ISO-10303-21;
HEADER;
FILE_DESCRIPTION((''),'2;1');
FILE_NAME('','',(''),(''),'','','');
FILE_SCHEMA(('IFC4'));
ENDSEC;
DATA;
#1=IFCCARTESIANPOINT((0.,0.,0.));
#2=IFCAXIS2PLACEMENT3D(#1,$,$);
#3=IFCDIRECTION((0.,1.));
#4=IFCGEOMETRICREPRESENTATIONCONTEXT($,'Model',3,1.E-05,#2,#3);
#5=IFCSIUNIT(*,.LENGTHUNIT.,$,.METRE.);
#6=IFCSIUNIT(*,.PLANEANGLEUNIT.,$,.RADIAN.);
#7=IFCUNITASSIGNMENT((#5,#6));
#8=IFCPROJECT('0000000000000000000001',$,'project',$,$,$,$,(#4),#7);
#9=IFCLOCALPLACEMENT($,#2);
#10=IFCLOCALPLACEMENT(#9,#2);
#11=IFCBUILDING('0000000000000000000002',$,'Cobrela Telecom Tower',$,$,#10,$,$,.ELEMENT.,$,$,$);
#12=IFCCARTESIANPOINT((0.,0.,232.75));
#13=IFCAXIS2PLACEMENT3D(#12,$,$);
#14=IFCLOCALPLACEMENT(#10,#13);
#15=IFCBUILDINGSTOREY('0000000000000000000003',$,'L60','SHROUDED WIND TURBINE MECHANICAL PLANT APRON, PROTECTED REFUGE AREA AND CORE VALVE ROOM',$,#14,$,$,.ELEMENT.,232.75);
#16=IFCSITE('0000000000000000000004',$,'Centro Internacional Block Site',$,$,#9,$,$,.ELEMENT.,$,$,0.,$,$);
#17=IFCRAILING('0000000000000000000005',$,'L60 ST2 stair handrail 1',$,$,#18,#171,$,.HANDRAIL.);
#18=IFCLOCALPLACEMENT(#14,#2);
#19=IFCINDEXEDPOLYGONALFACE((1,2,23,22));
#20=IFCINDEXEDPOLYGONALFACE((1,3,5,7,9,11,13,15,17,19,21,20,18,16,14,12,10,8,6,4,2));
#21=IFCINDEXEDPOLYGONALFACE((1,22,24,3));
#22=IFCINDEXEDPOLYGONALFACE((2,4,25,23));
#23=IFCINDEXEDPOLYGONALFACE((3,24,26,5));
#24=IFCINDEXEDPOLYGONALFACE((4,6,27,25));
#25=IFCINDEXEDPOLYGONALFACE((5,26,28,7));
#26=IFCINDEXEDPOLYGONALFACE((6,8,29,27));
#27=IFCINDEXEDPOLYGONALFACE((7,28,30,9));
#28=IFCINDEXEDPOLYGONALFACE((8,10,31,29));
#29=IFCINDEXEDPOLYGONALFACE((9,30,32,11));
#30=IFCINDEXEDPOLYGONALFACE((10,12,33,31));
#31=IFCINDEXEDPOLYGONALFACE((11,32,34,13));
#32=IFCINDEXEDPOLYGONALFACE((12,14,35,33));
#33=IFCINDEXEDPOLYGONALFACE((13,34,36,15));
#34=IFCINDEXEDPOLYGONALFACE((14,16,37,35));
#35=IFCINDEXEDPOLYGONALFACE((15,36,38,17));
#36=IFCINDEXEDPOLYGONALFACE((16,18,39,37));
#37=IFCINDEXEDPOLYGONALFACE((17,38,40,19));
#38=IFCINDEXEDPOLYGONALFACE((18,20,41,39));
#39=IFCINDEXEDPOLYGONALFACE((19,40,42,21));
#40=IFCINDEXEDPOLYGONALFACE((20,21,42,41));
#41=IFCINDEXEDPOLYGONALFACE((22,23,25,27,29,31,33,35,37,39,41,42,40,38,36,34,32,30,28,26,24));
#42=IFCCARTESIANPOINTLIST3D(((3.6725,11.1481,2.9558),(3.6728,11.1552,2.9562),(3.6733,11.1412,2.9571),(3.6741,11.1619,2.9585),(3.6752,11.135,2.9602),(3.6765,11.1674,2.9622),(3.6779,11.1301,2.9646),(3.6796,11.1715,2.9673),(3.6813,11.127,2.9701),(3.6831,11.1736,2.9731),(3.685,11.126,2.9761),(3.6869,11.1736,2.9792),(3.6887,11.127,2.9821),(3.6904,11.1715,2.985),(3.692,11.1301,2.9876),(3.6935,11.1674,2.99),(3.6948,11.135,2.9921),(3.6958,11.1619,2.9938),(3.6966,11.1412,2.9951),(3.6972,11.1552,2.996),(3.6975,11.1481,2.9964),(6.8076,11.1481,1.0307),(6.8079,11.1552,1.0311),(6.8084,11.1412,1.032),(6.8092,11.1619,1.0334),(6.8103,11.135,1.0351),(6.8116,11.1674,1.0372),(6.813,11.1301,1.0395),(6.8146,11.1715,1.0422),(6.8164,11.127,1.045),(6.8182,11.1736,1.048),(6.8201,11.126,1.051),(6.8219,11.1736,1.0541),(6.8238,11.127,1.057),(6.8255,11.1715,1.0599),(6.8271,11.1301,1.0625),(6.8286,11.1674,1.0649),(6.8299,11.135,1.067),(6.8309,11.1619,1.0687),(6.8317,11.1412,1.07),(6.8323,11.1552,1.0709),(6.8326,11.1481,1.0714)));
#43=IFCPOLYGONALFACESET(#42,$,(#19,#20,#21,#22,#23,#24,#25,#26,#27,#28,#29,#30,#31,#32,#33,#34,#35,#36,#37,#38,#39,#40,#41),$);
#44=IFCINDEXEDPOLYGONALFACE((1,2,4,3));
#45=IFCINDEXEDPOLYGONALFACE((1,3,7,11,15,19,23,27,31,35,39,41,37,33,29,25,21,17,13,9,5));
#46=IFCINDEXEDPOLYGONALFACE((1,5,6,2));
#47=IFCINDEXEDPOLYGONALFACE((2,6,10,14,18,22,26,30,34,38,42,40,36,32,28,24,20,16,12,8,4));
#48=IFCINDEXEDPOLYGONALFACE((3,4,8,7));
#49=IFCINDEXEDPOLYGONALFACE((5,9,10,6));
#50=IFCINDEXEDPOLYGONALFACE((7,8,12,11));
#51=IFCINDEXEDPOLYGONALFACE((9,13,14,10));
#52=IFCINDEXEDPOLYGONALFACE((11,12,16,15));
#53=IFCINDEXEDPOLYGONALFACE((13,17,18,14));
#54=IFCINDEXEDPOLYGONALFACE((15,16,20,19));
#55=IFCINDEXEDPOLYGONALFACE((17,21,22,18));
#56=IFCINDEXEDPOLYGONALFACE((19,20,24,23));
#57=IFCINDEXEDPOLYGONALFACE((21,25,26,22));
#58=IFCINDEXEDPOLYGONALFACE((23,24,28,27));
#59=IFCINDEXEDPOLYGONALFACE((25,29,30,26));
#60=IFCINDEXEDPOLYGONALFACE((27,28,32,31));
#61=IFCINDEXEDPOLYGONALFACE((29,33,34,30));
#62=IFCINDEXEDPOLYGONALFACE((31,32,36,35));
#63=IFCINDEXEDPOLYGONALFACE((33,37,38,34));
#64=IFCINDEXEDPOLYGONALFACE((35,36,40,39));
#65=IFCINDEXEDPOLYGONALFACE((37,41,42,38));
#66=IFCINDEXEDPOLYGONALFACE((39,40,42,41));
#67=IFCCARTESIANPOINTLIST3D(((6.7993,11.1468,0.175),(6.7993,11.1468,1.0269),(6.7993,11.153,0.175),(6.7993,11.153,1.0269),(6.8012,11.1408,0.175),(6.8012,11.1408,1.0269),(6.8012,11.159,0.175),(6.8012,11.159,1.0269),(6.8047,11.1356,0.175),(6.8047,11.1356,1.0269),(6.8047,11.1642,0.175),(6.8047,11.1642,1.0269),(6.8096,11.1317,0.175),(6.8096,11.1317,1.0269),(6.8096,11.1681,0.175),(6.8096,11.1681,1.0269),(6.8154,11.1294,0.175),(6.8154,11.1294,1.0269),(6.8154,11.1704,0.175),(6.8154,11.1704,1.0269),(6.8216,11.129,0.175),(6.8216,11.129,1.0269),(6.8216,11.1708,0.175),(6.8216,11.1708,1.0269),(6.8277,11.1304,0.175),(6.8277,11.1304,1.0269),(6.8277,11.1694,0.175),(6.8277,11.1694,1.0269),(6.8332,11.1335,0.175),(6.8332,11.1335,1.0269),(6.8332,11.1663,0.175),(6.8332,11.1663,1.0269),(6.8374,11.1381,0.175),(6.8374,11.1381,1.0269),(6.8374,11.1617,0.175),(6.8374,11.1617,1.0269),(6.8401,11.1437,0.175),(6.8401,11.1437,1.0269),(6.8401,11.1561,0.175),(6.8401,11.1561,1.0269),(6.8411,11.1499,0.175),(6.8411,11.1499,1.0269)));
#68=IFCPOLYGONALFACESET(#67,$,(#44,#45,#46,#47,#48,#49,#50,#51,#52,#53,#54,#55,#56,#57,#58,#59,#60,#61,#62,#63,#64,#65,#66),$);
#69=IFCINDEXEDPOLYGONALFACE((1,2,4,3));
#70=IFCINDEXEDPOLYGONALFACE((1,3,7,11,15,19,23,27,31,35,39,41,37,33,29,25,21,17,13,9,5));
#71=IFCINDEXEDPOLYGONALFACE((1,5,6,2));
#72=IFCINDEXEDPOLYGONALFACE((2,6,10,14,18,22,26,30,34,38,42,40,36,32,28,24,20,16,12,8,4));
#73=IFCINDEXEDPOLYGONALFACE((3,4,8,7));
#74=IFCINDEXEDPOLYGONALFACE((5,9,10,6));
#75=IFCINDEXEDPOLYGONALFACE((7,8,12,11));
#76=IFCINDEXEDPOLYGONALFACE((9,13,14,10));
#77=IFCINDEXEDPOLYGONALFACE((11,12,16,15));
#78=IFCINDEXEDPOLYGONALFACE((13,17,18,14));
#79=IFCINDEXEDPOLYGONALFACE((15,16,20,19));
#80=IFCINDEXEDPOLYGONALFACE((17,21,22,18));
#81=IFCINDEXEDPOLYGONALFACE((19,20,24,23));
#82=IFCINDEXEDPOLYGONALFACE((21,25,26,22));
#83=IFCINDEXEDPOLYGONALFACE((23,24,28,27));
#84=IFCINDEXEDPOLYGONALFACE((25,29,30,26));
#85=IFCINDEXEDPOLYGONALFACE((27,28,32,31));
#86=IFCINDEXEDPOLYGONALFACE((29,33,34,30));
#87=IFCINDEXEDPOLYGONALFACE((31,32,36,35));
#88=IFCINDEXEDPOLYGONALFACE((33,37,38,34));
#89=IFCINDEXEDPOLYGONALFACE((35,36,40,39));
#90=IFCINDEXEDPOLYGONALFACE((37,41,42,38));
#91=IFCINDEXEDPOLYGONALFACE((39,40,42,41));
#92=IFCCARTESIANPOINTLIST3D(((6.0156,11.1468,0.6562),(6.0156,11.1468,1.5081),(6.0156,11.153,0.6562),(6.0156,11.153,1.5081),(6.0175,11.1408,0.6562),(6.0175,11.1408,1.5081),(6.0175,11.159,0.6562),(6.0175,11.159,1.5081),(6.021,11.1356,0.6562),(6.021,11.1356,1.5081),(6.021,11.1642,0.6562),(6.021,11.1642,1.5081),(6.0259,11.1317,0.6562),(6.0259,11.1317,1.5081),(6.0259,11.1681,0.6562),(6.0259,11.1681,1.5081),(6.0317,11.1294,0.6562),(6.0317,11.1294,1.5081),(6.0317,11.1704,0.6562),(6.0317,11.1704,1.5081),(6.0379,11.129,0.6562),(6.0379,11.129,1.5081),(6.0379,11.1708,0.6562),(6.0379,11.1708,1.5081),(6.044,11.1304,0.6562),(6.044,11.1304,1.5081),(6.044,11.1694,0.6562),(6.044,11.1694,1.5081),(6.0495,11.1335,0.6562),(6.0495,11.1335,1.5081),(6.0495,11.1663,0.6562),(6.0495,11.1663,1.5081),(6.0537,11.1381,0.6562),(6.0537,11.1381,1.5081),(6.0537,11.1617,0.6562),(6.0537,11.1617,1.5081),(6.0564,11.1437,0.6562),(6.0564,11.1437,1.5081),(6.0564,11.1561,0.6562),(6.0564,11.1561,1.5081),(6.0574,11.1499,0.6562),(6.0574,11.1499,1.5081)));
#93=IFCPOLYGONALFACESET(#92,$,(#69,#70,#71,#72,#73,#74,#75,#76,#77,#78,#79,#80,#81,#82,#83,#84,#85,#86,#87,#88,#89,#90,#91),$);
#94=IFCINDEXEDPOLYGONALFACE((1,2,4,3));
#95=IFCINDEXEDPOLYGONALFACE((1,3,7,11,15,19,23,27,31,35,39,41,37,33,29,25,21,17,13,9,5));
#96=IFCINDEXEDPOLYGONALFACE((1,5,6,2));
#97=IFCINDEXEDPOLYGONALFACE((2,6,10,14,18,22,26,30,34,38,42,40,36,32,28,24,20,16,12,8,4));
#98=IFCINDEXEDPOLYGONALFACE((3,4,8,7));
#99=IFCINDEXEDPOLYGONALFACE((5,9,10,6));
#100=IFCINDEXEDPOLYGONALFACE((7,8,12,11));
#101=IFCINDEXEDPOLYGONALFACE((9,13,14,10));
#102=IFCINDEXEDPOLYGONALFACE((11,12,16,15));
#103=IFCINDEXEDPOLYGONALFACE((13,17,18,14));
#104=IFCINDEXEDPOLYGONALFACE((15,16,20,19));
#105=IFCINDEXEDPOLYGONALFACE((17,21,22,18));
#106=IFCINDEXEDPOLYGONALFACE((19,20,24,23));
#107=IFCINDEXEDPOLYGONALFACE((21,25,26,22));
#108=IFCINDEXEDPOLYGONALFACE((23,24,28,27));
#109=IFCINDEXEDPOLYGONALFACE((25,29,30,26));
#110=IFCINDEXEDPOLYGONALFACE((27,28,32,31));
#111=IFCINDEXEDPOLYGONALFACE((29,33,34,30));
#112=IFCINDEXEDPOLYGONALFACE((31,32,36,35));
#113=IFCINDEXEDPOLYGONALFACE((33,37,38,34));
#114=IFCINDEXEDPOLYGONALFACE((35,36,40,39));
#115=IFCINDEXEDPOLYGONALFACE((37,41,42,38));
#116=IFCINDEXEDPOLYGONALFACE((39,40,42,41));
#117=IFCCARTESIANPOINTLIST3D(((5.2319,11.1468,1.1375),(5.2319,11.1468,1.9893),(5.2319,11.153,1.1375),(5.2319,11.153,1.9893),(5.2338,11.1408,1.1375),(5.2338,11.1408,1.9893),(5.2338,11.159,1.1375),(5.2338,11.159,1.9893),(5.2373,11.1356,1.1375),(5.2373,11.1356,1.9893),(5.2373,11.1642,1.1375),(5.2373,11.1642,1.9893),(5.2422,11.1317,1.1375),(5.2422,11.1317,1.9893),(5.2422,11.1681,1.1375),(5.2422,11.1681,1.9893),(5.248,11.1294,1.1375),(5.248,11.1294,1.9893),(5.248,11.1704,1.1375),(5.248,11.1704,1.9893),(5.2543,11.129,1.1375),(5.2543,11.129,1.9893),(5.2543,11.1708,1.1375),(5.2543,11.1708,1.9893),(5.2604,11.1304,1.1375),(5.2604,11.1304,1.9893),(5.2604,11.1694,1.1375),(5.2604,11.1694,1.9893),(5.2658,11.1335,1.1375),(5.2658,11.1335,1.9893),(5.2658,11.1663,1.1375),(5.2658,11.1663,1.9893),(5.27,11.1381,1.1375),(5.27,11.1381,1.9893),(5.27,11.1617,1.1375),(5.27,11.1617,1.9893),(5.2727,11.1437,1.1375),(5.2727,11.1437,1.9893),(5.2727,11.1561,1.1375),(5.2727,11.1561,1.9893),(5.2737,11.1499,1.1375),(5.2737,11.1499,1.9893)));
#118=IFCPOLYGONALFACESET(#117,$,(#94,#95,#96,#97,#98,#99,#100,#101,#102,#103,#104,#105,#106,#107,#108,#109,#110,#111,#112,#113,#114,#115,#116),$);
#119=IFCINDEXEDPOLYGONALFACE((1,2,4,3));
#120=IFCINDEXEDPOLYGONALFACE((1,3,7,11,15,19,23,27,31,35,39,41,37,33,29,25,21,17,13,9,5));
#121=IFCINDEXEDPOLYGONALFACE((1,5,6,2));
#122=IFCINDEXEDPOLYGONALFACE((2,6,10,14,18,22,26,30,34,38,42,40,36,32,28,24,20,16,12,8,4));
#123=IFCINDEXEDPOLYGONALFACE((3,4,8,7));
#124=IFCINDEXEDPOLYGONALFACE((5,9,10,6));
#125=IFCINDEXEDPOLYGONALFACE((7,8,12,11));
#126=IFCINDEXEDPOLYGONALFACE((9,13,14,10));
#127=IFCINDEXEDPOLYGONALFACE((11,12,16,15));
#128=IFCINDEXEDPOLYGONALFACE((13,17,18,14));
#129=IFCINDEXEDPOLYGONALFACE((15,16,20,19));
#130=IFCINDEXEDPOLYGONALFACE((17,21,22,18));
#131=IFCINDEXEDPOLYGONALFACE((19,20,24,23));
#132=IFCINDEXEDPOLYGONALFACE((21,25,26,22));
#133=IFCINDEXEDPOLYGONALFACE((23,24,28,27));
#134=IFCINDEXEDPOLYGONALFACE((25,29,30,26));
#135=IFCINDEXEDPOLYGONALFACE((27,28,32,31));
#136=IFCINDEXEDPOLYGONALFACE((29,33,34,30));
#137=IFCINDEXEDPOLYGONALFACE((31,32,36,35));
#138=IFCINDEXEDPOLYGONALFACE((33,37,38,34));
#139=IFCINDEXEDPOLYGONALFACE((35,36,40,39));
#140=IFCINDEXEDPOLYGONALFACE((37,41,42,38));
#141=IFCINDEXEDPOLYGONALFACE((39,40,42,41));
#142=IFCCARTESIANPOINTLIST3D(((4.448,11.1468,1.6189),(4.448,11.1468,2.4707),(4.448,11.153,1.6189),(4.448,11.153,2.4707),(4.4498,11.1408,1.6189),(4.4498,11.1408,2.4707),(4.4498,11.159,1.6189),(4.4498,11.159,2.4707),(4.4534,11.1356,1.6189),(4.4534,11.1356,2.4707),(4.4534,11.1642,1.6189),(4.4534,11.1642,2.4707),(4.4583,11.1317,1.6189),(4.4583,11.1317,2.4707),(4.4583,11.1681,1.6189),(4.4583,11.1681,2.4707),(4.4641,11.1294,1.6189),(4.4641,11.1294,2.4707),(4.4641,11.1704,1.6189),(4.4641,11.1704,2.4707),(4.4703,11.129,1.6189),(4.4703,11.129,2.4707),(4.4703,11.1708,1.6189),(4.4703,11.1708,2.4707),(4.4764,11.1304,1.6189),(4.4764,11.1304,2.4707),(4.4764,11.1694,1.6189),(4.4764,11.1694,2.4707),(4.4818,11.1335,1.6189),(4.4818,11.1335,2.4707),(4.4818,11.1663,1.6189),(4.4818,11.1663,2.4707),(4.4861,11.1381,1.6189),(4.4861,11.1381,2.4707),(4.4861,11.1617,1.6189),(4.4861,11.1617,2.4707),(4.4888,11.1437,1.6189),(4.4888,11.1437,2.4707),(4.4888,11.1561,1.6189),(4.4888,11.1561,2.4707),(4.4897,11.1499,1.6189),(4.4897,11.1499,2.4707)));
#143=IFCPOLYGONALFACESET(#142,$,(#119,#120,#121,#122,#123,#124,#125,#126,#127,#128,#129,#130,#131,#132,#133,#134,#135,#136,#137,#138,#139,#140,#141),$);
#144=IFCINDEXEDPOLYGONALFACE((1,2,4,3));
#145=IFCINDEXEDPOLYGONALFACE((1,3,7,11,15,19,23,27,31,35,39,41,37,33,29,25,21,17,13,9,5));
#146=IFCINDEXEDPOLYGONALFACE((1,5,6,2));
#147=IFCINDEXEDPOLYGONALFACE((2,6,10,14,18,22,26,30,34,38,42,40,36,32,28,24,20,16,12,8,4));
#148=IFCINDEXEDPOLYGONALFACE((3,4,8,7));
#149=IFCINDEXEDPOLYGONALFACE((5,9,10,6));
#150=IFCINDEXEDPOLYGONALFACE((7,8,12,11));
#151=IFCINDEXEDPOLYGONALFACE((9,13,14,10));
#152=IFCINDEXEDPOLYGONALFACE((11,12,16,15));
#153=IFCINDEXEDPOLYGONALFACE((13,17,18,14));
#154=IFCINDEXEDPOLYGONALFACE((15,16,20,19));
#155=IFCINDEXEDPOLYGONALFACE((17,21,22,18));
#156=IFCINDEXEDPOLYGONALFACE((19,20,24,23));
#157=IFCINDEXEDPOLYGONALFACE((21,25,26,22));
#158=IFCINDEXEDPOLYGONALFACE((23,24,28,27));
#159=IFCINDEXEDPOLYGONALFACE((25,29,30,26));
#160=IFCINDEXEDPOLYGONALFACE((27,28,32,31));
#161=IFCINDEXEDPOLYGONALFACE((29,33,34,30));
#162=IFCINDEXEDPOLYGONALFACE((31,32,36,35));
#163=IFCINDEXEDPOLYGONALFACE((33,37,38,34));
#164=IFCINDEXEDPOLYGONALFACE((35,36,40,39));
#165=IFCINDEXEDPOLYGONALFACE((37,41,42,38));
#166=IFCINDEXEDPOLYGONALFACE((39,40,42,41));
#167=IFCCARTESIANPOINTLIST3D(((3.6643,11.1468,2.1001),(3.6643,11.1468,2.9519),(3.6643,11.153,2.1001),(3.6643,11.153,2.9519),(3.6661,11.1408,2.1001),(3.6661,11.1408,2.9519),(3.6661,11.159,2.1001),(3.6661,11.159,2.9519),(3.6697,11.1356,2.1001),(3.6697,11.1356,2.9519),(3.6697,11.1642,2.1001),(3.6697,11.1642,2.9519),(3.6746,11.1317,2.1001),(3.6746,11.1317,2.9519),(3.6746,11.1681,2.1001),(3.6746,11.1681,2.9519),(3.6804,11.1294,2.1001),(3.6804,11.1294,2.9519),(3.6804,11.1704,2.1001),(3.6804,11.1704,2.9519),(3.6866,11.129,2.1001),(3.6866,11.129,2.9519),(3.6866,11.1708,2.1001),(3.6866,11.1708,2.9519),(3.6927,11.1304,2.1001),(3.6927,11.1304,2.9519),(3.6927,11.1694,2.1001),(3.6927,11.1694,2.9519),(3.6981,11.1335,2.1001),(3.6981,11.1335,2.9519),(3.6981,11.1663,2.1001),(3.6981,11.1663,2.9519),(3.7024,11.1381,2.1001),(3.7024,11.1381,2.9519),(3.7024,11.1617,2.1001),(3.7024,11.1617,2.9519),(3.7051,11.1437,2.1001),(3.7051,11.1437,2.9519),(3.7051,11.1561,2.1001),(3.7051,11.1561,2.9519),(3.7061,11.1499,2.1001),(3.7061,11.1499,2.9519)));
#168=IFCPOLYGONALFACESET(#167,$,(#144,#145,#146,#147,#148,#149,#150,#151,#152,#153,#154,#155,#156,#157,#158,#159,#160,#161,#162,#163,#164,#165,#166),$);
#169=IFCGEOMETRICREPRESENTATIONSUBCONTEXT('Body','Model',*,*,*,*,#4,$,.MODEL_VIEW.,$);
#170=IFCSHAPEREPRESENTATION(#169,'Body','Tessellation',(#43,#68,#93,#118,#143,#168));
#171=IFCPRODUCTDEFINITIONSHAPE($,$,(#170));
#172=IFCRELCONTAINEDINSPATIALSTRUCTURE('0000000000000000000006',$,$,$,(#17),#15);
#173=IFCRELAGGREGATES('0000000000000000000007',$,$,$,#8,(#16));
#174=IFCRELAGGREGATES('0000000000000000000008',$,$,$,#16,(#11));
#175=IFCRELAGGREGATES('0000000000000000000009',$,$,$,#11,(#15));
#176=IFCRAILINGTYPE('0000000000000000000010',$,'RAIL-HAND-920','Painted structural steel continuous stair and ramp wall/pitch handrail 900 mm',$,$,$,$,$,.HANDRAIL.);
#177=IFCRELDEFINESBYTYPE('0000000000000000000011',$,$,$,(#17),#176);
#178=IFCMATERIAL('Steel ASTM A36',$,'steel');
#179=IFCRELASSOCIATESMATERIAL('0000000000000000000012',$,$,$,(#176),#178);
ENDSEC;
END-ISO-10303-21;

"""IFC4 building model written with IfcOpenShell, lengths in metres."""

from ifc_helpers import new_model, si_unit, direction, frame, origin, origin_2d, place, context, subcontext, project, spatial, circle, extrude, material, type_object, element, save


model = new_model("IFC4")

# Units and contexts
model_context = context("Model", 3, precision=1e-05, world=origin(), true_north=direction((0.0, 1.0)))
body_context = subcontext(model_context, "Body", "Model", "MODEL_VIEW")
ifc_project = project(units=[si_unit("LENGTHUNIT", "METRE"), si_unit("PLANEANGLEUNIT", "RADIAN")], contexts=[model_context])

# Site, building, storey
site_placement = place(None, origin())
site = spatial("IfcSite", under=ifc_project, at=site_placement, Name="Centro Internacional Block Site", CompositionType="ELEMENT", RefElevation=0.0)
building_placement = place(site_placement, origin())
building = spatial("IfcBuilding", under=site, at=building_placement, Name="Cobrela Telecom Tower", CompositionType="ELEMENT")
storey_placement = place(building_placement, frame((0.0, 0.0, 232.75)))
storey = spatial("IfcBuildingStorey", under=building, at=storey_placement, Name="L60", Description="SHROUDED WIND TURBINE MECHANICAL PLANT APRON, PROTECTED REFUGE AREA AND CORE VALVE ROOM", CompositionType="ELEMENT", Elevation=232.75)

# Shared definitions
ifc_material_1 = material(Name="Steel ASTM A36", Category="steel")

# Railing
railing_type_1 = type_object("IfcRailingType", Name="RAIL-HAND-920", Description="Painted structural steel continuous stair and ramp wall/pitch handrail 900 mm", PredefinedType="HANDRAIL", material=ifc_material_1)
railing_1_placement = place(storey_placement, frame((6.8201, 11.1499, 0.175)))
element("IfcRailing", 1, at=railing_1_placement, inside=storey, type_object=railing_type_1, Name="L60 ST2 stair handrail 1", PredefinedType="HANDRAIL", context=body_context, shape_type="SweptSolid", body=[
    extrude(circle(Radius=0.0239, at=origin_2d()), frame((0.0, 0.0, 0.876), z_axis=(-0.852166, 0.0, 0.523271), x_axis=(0.0, -1.0, 0.0)), (0.0, 0.0, 1.0), 3.679),
    extrude(circle(Radius=0.021, at=origin_2d()), origin(), (0.0, 0.0, 1.0), 0.8518),
    extrude(circle(Radius=0.021, at=origin_2d()), frame((-0.7837, 0.0, 0.4812)), (0.0, 0.0, 1.0), 0.8518),
    extrude(circle(Radius=0.021, at=origin_2d()), frame((-1.5674, 0.0, 0.9624)), (0.0, 0.0, 1.0), 0.8518),
    extrude(circle(Radius=0.021, at=origin_2d()), frame((-2.3513, 0.0, 1.4438)), (0.0, 0.0, 1.0), 0.8518),
    extrude(circle(Radius=0.021, at=origin_2d()), frame((-3.135, 0.0, 1.925)), (0.0, 0.0, 1.0), 0.8518),
])

save(model, "model.ifc")
